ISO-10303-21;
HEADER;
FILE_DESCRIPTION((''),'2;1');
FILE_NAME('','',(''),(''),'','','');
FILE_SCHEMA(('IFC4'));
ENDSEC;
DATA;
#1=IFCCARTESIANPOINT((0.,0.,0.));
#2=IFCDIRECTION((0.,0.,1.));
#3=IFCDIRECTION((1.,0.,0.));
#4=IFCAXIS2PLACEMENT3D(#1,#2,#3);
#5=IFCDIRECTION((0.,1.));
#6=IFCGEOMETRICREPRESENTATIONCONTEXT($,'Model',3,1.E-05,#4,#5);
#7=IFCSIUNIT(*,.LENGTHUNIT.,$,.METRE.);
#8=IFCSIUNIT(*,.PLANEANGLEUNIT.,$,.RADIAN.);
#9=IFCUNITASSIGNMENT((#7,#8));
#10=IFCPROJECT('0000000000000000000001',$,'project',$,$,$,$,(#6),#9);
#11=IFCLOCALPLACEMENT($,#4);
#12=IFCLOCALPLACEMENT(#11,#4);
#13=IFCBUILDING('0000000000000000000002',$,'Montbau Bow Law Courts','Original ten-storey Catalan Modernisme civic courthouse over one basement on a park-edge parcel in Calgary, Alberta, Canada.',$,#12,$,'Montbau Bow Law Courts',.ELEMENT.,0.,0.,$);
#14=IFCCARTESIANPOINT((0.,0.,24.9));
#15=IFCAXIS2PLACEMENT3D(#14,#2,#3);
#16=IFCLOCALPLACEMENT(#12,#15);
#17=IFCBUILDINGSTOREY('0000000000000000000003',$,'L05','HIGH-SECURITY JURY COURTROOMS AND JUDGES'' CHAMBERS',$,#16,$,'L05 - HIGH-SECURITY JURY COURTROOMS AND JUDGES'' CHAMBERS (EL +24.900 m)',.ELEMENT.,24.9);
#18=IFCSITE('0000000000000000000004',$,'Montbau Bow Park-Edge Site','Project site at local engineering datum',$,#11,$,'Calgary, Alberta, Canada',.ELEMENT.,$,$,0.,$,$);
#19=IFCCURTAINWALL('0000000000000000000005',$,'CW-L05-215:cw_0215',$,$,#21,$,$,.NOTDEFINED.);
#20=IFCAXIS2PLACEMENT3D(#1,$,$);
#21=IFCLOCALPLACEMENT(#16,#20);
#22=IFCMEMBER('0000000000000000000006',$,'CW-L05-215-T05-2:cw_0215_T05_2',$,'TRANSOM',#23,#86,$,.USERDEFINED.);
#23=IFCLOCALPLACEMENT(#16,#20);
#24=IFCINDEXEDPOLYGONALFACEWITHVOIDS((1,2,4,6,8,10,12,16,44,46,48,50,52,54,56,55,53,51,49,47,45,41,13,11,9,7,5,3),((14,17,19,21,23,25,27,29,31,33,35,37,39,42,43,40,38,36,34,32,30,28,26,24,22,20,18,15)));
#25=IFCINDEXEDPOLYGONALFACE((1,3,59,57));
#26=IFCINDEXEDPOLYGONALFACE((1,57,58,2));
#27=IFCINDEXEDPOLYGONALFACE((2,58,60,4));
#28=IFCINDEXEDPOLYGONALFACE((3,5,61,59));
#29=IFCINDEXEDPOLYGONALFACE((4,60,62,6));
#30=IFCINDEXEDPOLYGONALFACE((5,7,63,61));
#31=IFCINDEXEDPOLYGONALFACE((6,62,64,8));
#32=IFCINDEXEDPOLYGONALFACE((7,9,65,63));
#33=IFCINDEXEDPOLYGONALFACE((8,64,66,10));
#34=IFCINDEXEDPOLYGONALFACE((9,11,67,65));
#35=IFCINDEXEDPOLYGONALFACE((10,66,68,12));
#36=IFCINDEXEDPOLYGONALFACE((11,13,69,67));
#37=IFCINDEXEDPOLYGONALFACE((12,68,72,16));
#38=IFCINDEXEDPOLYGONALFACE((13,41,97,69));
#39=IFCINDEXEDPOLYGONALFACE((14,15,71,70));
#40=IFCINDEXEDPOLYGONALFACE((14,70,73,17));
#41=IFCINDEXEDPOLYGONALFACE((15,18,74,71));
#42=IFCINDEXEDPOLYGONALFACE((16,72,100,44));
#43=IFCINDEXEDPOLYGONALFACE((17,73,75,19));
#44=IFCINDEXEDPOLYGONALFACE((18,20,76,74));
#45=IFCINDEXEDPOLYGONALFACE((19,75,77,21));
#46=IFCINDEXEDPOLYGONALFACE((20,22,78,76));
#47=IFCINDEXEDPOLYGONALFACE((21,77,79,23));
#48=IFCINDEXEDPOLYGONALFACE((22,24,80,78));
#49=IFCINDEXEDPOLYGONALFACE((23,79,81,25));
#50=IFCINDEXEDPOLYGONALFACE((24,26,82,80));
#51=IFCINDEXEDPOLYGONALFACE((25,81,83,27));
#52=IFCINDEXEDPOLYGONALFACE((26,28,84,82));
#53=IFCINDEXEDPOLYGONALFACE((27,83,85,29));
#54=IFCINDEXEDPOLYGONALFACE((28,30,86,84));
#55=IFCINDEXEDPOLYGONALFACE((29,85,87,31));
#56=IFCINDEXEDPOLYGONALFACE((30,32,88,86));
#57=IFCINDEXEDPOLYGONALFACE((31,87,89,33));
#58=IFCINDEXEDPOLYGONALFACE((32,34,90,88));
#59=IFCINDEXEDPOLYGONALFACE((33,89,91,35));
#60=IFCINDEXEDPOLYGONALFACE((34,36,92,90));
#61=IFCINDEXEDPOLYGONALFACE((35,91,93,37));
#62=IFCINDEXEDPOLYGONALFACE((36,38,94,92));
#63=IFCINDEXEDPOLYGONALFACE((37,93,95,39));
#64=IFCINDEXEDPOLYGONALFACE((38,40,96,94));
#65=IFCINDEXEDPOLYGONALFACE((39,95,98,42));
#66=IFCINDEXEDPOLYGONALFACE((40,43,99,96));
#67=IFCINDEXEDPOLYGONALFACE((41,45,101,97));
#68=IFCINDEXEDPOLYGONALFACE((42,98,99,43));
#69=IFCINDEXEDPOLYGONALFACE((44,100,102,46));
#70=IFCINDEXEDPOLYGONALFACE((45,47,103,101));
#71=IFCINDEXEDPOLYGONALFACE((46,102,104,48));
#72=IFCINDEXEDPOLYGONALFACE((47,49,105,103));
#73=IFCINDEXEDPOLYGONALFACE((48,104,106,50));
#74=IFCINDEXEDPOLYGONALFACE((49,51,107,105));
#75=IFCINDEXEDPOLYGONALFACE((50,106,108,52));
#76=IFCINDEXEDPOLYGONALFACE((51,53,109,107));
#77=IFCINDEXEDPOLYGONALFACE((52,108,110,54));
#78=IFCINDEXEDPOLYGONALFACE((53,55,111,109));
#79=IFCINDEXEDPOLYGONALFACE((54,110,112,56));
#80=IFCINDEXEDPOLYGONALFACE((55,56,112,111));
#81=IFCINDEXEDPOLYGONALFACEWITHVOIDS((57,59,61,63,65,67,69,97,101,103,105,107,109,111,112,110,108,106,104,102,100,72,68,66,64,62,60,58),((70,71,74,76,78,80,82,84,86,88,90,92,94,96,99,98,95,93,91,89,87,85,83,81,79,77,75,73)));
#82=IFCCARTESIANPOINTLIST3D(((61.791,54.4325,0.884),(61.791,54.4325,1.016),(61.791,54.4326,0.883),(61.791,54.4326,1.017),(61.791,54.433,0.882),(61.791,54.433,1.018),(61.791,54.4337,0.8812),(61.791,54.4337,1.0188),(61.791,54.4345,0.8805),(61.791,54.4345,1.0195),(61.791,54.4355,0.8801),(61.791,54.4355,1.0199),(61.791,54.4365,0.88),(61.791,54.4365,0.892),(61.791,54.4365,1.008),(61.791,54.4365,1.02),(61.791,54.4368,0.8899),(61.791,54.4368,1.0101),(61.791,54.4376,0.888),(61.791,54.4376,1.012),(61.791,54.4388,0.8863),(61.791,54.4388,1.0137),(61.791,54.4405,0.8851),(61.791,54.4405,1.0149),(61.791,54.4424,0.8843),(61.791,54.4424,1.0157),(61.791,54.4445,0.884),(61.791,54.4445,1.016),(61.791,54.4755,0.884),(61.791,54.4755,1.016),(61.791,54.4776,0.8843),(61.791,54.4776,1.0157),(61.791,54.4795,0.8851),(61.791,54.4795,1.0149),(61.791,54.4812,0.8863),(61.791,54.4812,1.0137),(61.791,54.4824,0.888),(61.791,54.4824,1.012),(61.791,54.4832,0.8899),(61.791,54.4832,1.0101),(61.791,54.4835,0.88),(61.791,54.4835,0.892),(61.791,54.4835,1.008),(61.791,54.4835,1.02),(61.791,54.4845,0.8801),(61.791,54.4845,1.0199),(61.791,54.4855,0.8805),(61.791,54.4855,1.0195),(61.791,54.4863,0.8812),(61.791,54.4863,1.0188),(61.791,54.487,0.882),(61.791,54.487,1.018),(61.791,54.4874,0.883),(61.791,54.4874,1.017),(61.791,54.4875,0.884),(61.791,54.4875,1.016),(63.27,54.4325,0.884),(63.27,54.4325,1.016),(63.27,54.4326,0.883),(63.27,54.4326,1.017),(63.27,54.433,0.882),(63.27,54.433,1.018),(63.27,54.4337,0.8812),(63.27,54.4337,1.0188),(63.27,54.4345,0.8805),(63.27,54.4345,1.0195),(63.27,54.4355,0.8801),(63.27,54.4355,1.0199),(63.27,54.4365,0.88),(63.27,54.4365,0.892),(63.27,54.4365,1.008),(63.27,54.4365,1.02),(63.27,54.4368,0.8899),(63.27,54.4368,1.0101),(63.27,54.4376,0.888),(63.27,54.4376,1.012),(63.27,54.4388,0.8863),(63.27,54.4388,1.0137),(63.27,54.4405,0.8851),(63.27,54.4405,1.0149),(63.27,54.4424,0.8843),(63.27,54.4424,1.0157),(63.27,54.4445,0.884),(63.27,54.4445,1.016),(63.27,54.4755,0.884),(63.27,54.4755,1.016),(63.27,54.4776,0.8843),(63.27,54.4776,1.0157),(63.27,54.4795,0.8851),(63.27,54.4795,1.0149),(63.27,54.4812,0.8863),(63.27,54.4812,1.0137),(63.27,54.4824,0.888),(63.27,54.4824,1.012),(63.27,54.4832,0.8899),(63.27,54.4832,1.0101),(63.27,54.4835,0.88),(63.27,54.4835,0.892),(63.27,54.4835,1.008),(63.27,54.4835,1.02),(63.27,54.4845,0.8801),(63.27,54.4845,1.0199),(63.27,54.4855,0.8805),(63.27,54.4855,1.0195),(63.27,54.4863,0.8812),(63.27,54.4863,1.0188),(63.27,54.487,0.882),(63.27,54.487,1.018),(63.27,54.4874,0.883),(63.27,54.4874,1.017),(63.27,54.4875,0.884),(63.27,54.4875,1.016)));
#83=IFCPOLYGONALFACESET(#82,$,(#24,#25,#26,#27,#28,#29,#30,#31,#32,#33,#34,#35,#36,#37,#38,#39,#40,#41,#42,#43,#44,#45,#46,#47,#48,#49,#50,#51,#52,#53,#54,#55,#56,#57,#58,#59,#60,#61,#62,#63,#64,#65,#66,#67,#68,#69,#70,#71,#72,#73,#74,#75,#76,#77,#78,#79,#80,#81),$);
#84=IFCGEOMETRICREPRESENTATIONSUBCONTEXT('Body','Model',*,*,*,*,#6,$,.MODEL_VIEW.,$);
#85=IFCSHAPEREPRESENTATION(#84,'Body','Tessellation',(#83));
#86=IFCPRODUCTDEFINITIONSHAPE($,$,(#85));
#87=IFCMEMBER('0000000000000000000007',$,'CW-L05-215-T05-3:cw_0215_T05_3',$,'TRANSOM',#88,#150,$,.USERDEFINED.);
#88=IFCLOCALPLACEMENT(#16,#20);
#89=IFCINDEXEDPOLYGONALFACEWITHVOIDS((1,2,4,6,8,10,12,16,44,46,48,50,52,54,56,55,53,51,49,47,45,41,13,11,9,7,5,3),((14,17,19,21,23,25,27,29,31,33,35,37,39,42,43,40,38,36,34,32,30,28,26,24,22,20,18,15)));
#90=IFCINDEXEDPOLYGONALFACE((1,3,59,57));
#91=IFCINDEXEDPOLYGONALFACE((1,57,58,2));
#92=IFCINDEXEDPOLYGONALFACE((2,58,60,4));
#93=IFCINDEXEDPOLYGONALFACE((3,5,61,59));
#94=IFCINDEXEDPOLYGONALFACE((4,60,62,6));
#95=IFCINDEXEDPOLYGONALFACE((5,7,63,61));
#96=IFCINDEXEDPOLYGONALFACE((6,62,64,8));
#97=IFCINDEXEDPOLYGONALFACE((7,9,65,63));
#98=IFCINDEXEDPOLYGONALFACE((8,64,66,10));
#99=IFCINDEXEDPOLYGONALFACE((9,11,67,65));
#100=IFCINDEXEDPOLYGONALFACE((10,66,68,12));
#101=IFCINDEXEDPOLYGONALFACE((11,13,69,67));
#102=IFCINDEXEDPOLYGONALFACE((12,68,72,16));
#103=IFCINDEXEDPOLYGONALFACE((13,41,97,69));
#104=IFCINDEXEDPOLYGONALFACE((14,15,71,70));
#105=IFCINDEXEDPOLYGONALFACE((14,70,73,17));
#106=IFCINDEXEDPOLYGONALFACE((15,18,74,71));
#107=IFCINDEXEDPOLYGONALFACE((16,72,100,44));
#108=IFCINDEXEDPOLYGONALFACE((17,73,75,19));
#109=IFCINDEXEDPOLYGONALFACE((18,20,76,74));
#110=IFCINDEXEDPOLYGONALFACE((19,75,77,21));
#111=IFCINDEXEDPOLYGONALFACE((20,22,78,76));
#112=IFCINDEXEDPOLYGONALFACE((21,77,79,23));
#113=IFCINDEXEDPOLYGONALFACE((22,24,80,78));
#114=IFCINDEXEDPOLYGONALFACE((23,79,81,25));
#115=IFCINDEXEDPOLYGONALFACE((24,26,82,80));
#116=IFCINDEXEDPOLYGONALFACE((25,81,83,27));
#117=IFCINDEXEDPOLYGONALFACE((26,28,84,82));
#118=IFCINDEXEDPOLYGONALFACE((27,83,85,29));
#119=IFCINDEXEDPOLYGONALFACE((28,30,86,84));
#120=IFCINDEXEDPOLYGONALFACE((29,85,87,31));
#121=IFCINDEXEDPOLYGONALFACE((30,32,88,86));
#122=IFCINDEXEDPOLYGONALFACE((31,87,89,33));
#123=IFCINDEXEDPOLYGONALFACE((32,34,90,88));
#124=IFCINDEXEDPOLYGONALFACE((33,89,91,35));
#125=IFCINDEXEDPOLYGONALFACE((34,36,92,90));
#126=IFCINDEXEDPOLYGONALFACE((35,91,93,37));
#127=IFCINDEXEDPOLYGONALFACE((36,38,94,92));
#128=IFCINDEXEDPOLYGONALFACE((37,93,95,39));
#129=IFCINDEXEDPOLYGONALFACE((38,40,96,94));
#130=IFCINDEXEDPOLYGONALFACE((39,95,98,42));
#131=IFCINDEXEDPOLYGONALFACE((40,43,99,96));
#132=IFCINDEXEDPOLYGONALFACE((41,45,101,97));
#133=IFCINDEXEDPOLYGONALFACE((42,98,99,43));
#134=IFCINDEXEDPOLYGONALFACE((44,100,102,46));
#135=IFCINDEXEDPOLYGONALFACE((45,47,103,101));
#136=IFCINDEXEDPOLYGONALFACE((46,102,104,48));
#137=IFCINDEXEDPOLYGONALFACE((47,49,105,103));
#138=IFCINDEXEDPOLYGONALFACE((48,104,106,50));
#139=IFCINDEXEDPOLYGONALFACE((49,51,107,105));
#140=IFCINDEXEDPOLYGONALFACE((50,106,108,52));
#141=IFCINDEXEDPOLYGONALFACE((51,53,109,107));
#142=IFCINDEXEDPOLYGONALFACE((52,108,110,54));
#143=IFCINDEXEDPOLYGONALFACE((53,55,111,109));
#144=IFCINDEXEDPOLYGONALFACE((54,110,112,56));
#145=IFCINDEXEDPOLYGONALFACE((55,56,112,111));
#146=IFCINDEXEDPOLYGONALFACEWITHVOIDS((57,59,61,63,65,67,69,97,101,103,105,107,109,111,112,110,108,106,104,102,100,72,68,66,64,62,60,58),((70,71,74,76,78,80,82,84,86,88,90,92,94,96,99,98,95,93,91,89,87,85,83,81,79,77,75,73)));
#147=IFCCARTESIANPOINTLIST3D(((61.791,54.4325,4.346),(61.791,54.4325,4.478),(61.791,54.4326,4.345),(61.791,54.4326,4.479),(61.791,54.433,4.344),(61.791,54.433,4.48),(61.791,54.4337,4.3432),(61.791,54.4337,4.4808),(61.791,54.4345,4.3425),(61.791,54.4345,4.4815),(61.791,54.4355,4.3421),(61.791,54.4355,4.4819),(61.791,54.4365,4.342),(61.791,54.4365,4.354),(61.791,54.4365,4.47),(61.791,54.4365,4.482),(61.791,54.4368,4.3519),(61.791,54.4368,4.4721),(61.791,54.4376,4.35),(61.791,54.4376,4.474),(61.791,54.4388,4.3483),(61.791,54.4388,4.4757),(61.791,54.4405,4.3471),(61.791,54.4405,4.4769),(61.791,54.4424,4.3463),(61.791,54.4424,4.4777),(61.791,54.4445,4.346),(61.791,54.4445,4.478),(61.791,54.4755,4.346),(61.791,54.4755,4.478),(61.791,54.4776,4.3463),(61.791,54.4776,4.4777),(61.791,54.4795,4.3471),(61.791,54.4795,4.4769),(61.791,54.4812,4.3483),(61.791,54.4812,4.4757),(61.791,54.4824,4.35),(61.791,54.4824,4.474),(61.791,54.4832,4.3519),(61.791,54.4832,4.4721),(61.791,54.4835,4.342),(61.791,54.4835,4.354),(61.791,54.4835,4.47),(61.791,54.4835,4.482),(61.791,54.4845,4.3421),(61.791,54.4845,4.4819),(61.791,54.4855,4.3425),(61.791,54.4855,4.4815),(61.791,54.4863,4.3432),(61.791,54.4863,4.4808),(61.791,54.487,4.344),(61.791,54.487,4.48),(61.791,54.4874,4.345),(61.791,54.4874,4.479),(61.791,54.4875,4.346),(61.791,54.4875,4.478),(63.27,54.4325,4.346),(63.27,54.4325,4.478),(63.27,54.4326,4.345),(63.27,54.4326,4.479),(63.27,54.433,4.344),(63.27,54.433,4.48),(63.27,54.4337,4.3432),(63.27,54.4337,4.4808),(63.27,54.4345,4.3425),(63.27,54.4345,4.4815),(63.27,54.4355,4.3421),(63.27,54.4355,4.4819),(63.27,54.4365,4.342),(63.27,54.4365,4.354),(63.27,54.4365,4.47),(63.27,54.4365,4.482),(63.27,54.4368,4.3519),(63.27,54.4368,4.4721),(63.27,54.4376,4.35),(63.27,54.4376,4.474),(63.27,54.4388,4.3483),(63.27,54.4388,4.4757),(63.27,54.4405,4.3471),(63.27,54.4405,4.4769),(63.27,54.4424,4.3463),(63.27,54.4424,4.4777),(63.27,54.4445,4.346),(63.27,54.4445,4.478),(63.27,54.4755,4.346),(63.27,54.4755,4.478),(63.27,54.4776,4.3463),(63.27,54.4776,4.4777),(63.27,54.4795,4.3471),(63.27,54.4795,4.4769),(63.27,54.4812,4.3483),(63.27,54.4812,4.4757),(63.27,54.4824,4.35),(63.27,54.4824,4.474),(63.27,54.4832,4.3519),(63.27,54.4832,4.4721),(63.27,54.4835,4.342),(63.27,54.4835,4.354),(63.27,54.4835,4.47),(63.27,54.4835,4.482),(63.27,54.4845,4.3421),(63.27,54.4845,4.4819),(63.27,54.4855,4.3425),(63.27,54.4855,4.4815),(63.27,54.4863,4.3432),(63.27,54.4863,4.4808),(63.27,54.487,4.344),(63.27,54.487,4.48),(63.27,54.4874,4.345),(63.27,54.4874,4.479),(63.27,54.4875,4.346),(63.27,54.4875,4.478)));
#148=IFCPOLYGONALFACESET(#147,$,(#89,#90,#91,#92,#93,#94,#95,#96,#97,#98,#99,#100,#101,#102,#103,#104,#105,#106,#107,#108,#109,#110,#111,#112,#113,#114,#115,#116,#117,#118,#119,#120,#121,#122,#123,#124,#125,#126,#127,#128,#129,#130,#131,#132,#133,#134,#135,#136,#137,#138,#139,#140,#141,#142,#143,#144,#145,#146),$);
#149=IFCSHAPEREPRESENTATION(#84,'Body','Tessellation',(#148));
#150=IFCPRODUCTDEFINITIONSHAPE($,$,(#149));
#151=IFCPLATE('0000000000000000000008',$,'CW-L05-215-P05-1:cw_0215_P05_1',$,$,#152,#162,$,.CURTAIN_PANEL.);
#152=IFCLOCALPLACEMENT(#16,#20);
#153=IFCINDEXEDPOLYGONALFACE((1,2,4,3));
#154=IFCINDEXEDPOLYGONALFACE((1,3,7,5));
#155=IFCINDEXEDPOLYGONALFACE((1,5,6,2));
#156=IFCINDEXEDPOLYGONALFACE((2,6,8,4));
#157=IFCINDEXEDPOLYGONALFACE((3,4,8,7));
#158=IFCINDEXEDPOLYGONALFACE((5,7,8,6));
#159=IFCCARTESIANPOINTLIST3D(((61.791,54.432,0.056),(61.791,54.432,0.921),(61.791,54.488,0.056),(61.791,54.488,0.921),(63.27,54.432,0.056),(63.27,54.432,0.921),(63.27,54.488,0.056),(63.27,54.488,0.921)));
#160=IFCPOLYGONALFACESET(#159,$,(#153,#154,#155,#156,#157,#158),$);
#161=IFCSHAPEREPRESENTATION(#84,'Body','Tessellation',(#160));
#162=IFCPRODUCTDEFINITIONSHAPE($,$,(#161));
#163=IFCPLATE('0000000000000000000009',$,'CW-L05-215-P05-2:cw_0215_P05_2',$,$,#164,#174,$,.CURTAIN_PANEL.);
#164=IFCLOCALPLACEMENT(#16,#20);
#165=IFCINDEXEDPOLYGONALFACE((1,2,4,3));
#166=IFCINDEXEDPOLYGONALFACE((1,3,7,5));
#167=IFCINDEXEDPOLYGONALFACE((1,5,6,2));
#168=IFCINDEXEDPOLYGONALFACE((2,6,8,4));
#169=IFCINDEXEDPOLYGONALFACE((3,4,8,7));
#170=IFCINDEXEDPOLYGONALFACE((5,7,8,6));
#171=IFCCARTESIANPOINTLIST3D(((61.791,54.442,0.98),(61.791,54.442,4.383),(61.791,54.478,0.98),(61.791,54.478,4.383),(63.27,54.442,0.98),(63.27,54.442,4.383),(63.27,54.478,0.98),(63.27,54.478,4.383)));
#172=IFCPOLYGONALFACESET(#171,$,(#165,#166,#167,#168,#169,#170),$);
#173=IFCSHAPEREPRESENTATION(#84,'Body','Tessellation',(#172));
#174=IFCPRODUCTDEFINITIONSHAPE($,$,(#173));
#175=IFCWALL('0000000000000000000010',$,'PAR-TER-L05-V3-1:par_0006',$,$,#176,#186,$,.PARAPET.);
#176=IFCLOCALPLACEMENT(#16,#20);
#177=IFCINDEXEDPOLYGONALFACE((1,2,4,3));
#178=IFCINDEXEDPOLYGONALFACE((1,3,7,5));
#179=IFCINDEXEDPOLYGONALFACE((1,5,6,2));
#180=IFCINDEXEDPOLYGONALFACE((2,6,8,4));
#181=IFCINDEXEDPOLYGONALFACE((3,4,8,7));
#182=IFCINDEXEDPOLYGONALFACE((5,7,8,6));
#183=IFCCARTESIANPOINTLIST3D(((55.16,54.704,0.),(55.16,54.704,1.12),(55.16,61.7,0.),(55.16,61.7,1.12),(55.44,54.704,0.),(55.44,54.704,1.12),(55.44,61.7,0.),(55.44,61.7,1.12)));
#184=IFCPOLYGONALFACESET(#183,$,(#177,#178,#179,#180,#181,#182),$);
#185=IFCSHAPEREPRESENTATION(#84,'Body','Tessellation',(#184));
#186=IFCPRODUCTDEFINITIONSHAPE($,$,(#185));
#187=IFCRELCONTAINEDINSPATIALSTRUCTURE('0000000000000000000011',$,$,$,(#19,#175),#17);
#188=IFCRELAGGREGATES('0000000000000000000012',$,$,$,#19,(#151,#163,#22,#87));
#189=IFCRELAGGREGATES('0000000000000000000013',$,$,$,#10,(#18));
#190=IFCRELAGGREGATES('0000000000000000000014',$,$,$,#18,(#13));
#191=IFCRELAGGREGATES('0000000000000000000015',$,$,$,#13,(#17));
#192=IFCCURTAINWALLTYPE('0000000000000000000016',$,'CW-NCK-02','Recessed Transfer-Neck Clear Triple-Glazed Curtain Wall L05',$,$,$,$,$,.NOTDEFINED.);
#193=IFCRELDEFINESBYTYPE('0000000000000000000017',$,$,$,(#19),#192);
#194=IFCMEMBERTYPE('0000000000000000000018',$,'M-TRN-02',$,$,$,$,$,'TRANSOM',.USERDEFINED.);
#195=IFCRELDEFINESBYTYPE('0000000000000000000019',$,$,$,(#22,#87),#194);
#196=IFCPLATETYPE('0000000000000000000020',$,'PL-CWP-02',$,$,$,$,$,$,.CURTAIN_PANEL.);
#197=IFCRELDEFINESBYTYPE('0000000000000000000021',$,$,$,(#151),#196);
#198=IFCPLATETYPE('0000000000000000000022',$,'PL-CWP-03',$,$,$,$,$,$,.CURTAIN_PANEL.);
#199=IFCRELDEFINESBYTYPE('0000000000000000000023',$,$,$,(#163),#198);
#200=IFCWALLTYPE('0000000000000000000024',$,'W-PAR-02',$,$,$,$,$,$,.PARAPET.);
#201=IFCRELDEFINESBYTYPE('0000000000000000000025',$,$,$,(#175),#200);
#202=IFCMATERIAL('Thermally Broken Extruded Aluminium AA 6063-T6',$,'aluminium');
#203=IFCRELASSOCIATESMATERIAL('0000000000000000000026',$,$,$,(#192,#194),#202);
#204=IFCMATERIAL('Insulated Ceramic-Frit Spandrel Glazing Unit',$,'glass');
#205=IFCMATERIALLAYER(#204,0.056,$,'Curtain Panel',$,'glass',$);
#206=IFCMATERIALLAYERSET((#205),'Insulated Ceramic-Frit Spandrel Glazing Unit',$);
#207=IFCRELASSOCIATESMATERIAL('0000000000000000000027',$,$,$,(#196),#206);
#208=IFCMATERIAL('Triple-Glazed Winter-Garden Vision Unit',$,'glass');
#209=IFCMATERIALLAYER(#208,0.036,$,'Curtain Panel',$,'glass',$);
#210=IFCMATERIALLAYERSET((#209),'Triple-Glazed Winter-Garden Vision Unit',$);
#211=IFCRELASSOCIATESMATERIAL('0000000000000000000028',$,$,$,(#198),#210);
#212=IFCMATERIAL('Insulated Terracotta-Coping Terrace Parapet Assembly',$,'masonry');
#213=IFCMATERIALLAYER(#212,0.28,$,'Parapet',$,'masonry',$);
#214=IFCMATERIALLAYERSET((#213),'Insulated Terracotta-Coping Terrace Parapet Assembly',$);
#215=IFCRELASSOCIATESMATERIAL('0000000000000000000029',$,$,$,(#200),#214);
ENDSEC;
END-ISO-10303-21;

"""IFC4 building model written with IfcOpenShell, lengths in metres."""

from ifc_helpers import new_model, si_unit, direction, frame, frame_2d, origin_with_axes, origin_2d_with_axis, place, context, subcontext, project, spatial, rectangle, hollow_rectangle, extrude, material, layer, layer_set, material_profile, profile_set, type_object, element, aggregate, save


model = new_model("IFC4")

# Units and contexts
model_context = context("Model", 3, precision=1e-05, world=origin_with_axes(), true_north=direction((0.0, 1.0)))
body_context = subcontext(model_context, "Body", "Model", "MODEL_VIEW")
ifc_project = project(units=[si_unit("LENGTHUNIT", "METRE"), si_unit("PLANEANGLEUNIT", "RADIAN")], contexts=[model_context])

# Site, building, storey
site_placement = place(None, origin_with_axes())
site = spatial("IfcSite", under=ifc_project, at=site_placement, Name="Montbau Bow Park-Edge Site", Description="Project site at local engineering datum", LongName="Calgary, Alberta, Canada", CompositionType="ELEMENT", RefElevation=0.0)
building_placement = place(site_placement, origin_with_axes())
building = spatial("IfcBuilding", under=site, at=building_placement, Name="Montbau Bow Law Courts", Description="Original ten-storey Catalan Modernisme civic courthouse over one basement on a park-edge parcel in Calgary, Alberta, Canada.", LongName="Montbau Bow Law Courts", CompositionType="ELEMENT", ElevationOfRefHeight=0.0, ElevationOfTerrain=0.0)
storey_placement = place(building_placement, frame((0.0, 0.0, 24.9), z_axis=(0.0, 0.0, 1.0), x_axis=(1.0, 0.0, 0.0)))
storey = spatial("IfcBuildingStorey", under=building, at=storey_placement, Name="L05", Description="HIGH-SECURITY JURY COURTROOMS AND JUDGES' CHAMBERS", LongName="L05 - HIGH-SECURITY JURY COURTROOMS AND JUDGES' CHAMBERS (EL +24.900 m)", CompositionType="ELEMENT", Elevation=24.9)

# Curtain wall, members, plates
ifc_material_1 = material(Name="Thermally Broken Extruded Aluminium AA 6063-T6", Category="aluminium")
curtain_wall_type = type_object("IfcCurtainWallType", Name="CW-NCK-02", Description="Recessed Transfer-Neck Clear Triple-Glazed Curtain Wall L05", PredefinedType="NOTDEFINED", material=ifc_material_1)
curtain_wall_placement = place(None, frame((55.468, 54.46, 24.9), z_axis=(0.0, 0.0, 1.0), x_axis=(1.0, 0.0, 0.0)))
curtain_wall = element("IfcCurtainWall", 1, at=curtain_wall_placement, inside=storey, type_object=curtain_wall_type, Name="CW-L05-215:cw_0215", PredefinedType="NOTDEFINED")
ifc_material_profile_1 = material_profile(ifc_material_1, hollow_rectangle(XDim=0.055, YDim=0.14, WallThickness=0.004, InnerFilletRadius=0.008, OuterFilletRadius=0.004, at=origin_2d_with_axis()), Name="CWT-140X55", Category="Main", Priority=0)
ifc_profile_set_1 = profile_set([ifc_material_profile_1], Name="Thermally Broken Extruded Aluminium AA 6063-T6")
member_type_1 = type_object("IfcMemberType", Name="M-TRN-02", ElementType="TRANSOM", PredefinedType="USERDEFINED", material=ifc_profile_set_1)
member_1_placement = place(None, frame((61.791, 54.46, 25.85), z_axis=(1.0, 0.0, 0.0), x_axis=(0.0, 1.0, 0.0)))
member_1 = element("IfcMember", 2, at=member_1_placement, type_object=member_type_1, Name="CW-L05-215-T05-2:cw_0215_T05_2", ObjectType="TRANSOM", PredefinedType="USERDEFINED", context=body_context, shape_type="SweptSolid", body=[
    extrude(hollow_rectangle(XDim=0.055, YDim=0.14, WallThickness=0.004, InnerFilletRadius=0.008, OuterFilletRadius=0.004, at=origin_2d_with_axis()), origin_with_axes(), (0.0, 0.0, 1.0), 1.479),
])
member_2_placement = place(None, frame((61.791, 54.46, 29.312), z_axis=(1.0, 0.0, 0.0), x_axis=(0.0, 1.0, 0.0)))
member_2 = element("IfcMember", 3, at=member_2_placement, type_object=member_type_1, Name="CW-L05-215-T05-3:cw_0215_T05_3", ObjectType="TRANSOM", PredefinedType="USERDEFINED", context=body_context, shape_type="SweptSolid", body=[
    extrude(hollow_rectangle(XDim=0.055, YDim=0.14, WallThickness=0.004, InnerFilletRadius=0.008, OuterFilletRadius=0.004, at=origin_2d_with_axis()), origin_with_axes(), (0.0, 0.0, 1.0), 1.479),
])
ifc_material_2 = material(Name="Insulated Ceramic-Frit Spandrel Glazing Unit", Category="glass")
ifc_layer_1 = layer(ifc_material_2, 0.056, Name="Curtain Panel", Category="glass")
ifc_layer_set_1 = layer_set([ifc_layer_1], Name="Insulated Ceramic-Frit Spandrel Glazing Unit")
plate_type_1 = type_object("IfcPlateType", Name="PL-CWP-02", PredefinedType="CURTAIN_PANEL", material=ifc_layer_set_1)
plate_1_placement = place(None, frame((61.791, 54.46, 24.956), z_axis=(0.0, -1.0, 0.0), x_axis=(1.0, 0.0, 0.0)))
plate_1 = element("IfcPlate", 4, at=plate_1_placement, type_object=plate_type_1, Name="CW-L05-215-P05-1:cw_0215_P05_1", PredefinedType="CURTAIN_PANEL", context=body_context, shape_type="SweptSolid", body=[
    extrude(rectangle(XDim=1.479, YDim=0.865, at=frame_2d((0.7395, 0.4325), x_axis=(1.0, 0.0))), frame((0.0, 0.0, -0.028), z_axis=(0.0, 0.0, 1.0), x_axis=(1.0, 0.0, 0.0)), (0.0, 0.0, 1.0), 0.056),
])
ifc_material_3 = material(Name="Triple-Glazed Winter-Garden Vision Unit", Category="glass")
ifc_layer_2 = layer(ifc_material_3, 0.036, Name="Curtain Panel", Category="glass")
ifc_layer_set_2 = layer_set([ifc_layer_2], Name="Triple-Glazed Winter-Garden Vision Unit")
plate_type_2 = type_object("IfcPlateType", Name="PL-CWP-03", PredefinedType="CURTAIN_PANEL", material=ifc_layer_set_2)
plate_2_placement = place(None, frame((61.791, 54.46, 25.88), z_axis=(0.0, -1.0, 0.0), x_axis=(1.0, 0.0, 0.0)))
plate_2 = element("IfcPlate", 5, at=plate_2_placement, type_object=plate_type_2, Name="CW-L05-215-P05-2:cw_0215_P05_2", PredefinedType="CURTAIN_PANEL", context=body_context, shape_type="SweptSolid", body=[
    extrude(rectangle(XDim=1.479, YDim=3.403, at=frame_2d((0.7395, 1.7015), x_axis=(1.0, 0.0))), frame((0.0, 0.0, -0.018), z_axis=(0.0, 0.0, 1.0), x_axis=(1.0, 0.0, 0.0)), (0.0, 0.0, 1.0), 0.036),
])
aggregate(curtain_wall, [plate_1, plate_2, member_1, member_2])

# Wall
ifc_material_4 = material(Name="Insulated Terracotta-Coping Terrace Parapet Assembly", Category="masonry")
ifc_layer_3 = layer(ifc_material_4, 0.28, Name="Parapet", Category="masonry")
ifc_layer_set_3 = layer_set([ifc_layer_3], Name="Insulated Terracotta-Coping Terrace Parapet Assembly")
wall_type = type_object("IfcWallType", Name="W-PAR-02", PredefinedType="PARAPET", material=ifc_layer_set_3)
wall_placement = place(None, frame((55.3, 54.704, 24.9), z_axis=(0.0, 0.0, 1.0), x_axis=(0.0, 1.0, 0.0)))
element("IfcWall", 6, at=wall_placement, inside=storey, type_object=wall_type, Name="PAR-TER-L05-V3-1:par_0006", PredefinedType="PARAPET", context=body_context, shape_type="SweptSolid", body=[
    extrude(rectangle(XDim=6.996, YDim=0.28, at=frame_2d((3.498, 0.0), x_axis=(1.0, 0.0))), origin_with_axes(), (0.0, 0.0, 1.0), 1.12),
])

save(model, "model.ifc")
